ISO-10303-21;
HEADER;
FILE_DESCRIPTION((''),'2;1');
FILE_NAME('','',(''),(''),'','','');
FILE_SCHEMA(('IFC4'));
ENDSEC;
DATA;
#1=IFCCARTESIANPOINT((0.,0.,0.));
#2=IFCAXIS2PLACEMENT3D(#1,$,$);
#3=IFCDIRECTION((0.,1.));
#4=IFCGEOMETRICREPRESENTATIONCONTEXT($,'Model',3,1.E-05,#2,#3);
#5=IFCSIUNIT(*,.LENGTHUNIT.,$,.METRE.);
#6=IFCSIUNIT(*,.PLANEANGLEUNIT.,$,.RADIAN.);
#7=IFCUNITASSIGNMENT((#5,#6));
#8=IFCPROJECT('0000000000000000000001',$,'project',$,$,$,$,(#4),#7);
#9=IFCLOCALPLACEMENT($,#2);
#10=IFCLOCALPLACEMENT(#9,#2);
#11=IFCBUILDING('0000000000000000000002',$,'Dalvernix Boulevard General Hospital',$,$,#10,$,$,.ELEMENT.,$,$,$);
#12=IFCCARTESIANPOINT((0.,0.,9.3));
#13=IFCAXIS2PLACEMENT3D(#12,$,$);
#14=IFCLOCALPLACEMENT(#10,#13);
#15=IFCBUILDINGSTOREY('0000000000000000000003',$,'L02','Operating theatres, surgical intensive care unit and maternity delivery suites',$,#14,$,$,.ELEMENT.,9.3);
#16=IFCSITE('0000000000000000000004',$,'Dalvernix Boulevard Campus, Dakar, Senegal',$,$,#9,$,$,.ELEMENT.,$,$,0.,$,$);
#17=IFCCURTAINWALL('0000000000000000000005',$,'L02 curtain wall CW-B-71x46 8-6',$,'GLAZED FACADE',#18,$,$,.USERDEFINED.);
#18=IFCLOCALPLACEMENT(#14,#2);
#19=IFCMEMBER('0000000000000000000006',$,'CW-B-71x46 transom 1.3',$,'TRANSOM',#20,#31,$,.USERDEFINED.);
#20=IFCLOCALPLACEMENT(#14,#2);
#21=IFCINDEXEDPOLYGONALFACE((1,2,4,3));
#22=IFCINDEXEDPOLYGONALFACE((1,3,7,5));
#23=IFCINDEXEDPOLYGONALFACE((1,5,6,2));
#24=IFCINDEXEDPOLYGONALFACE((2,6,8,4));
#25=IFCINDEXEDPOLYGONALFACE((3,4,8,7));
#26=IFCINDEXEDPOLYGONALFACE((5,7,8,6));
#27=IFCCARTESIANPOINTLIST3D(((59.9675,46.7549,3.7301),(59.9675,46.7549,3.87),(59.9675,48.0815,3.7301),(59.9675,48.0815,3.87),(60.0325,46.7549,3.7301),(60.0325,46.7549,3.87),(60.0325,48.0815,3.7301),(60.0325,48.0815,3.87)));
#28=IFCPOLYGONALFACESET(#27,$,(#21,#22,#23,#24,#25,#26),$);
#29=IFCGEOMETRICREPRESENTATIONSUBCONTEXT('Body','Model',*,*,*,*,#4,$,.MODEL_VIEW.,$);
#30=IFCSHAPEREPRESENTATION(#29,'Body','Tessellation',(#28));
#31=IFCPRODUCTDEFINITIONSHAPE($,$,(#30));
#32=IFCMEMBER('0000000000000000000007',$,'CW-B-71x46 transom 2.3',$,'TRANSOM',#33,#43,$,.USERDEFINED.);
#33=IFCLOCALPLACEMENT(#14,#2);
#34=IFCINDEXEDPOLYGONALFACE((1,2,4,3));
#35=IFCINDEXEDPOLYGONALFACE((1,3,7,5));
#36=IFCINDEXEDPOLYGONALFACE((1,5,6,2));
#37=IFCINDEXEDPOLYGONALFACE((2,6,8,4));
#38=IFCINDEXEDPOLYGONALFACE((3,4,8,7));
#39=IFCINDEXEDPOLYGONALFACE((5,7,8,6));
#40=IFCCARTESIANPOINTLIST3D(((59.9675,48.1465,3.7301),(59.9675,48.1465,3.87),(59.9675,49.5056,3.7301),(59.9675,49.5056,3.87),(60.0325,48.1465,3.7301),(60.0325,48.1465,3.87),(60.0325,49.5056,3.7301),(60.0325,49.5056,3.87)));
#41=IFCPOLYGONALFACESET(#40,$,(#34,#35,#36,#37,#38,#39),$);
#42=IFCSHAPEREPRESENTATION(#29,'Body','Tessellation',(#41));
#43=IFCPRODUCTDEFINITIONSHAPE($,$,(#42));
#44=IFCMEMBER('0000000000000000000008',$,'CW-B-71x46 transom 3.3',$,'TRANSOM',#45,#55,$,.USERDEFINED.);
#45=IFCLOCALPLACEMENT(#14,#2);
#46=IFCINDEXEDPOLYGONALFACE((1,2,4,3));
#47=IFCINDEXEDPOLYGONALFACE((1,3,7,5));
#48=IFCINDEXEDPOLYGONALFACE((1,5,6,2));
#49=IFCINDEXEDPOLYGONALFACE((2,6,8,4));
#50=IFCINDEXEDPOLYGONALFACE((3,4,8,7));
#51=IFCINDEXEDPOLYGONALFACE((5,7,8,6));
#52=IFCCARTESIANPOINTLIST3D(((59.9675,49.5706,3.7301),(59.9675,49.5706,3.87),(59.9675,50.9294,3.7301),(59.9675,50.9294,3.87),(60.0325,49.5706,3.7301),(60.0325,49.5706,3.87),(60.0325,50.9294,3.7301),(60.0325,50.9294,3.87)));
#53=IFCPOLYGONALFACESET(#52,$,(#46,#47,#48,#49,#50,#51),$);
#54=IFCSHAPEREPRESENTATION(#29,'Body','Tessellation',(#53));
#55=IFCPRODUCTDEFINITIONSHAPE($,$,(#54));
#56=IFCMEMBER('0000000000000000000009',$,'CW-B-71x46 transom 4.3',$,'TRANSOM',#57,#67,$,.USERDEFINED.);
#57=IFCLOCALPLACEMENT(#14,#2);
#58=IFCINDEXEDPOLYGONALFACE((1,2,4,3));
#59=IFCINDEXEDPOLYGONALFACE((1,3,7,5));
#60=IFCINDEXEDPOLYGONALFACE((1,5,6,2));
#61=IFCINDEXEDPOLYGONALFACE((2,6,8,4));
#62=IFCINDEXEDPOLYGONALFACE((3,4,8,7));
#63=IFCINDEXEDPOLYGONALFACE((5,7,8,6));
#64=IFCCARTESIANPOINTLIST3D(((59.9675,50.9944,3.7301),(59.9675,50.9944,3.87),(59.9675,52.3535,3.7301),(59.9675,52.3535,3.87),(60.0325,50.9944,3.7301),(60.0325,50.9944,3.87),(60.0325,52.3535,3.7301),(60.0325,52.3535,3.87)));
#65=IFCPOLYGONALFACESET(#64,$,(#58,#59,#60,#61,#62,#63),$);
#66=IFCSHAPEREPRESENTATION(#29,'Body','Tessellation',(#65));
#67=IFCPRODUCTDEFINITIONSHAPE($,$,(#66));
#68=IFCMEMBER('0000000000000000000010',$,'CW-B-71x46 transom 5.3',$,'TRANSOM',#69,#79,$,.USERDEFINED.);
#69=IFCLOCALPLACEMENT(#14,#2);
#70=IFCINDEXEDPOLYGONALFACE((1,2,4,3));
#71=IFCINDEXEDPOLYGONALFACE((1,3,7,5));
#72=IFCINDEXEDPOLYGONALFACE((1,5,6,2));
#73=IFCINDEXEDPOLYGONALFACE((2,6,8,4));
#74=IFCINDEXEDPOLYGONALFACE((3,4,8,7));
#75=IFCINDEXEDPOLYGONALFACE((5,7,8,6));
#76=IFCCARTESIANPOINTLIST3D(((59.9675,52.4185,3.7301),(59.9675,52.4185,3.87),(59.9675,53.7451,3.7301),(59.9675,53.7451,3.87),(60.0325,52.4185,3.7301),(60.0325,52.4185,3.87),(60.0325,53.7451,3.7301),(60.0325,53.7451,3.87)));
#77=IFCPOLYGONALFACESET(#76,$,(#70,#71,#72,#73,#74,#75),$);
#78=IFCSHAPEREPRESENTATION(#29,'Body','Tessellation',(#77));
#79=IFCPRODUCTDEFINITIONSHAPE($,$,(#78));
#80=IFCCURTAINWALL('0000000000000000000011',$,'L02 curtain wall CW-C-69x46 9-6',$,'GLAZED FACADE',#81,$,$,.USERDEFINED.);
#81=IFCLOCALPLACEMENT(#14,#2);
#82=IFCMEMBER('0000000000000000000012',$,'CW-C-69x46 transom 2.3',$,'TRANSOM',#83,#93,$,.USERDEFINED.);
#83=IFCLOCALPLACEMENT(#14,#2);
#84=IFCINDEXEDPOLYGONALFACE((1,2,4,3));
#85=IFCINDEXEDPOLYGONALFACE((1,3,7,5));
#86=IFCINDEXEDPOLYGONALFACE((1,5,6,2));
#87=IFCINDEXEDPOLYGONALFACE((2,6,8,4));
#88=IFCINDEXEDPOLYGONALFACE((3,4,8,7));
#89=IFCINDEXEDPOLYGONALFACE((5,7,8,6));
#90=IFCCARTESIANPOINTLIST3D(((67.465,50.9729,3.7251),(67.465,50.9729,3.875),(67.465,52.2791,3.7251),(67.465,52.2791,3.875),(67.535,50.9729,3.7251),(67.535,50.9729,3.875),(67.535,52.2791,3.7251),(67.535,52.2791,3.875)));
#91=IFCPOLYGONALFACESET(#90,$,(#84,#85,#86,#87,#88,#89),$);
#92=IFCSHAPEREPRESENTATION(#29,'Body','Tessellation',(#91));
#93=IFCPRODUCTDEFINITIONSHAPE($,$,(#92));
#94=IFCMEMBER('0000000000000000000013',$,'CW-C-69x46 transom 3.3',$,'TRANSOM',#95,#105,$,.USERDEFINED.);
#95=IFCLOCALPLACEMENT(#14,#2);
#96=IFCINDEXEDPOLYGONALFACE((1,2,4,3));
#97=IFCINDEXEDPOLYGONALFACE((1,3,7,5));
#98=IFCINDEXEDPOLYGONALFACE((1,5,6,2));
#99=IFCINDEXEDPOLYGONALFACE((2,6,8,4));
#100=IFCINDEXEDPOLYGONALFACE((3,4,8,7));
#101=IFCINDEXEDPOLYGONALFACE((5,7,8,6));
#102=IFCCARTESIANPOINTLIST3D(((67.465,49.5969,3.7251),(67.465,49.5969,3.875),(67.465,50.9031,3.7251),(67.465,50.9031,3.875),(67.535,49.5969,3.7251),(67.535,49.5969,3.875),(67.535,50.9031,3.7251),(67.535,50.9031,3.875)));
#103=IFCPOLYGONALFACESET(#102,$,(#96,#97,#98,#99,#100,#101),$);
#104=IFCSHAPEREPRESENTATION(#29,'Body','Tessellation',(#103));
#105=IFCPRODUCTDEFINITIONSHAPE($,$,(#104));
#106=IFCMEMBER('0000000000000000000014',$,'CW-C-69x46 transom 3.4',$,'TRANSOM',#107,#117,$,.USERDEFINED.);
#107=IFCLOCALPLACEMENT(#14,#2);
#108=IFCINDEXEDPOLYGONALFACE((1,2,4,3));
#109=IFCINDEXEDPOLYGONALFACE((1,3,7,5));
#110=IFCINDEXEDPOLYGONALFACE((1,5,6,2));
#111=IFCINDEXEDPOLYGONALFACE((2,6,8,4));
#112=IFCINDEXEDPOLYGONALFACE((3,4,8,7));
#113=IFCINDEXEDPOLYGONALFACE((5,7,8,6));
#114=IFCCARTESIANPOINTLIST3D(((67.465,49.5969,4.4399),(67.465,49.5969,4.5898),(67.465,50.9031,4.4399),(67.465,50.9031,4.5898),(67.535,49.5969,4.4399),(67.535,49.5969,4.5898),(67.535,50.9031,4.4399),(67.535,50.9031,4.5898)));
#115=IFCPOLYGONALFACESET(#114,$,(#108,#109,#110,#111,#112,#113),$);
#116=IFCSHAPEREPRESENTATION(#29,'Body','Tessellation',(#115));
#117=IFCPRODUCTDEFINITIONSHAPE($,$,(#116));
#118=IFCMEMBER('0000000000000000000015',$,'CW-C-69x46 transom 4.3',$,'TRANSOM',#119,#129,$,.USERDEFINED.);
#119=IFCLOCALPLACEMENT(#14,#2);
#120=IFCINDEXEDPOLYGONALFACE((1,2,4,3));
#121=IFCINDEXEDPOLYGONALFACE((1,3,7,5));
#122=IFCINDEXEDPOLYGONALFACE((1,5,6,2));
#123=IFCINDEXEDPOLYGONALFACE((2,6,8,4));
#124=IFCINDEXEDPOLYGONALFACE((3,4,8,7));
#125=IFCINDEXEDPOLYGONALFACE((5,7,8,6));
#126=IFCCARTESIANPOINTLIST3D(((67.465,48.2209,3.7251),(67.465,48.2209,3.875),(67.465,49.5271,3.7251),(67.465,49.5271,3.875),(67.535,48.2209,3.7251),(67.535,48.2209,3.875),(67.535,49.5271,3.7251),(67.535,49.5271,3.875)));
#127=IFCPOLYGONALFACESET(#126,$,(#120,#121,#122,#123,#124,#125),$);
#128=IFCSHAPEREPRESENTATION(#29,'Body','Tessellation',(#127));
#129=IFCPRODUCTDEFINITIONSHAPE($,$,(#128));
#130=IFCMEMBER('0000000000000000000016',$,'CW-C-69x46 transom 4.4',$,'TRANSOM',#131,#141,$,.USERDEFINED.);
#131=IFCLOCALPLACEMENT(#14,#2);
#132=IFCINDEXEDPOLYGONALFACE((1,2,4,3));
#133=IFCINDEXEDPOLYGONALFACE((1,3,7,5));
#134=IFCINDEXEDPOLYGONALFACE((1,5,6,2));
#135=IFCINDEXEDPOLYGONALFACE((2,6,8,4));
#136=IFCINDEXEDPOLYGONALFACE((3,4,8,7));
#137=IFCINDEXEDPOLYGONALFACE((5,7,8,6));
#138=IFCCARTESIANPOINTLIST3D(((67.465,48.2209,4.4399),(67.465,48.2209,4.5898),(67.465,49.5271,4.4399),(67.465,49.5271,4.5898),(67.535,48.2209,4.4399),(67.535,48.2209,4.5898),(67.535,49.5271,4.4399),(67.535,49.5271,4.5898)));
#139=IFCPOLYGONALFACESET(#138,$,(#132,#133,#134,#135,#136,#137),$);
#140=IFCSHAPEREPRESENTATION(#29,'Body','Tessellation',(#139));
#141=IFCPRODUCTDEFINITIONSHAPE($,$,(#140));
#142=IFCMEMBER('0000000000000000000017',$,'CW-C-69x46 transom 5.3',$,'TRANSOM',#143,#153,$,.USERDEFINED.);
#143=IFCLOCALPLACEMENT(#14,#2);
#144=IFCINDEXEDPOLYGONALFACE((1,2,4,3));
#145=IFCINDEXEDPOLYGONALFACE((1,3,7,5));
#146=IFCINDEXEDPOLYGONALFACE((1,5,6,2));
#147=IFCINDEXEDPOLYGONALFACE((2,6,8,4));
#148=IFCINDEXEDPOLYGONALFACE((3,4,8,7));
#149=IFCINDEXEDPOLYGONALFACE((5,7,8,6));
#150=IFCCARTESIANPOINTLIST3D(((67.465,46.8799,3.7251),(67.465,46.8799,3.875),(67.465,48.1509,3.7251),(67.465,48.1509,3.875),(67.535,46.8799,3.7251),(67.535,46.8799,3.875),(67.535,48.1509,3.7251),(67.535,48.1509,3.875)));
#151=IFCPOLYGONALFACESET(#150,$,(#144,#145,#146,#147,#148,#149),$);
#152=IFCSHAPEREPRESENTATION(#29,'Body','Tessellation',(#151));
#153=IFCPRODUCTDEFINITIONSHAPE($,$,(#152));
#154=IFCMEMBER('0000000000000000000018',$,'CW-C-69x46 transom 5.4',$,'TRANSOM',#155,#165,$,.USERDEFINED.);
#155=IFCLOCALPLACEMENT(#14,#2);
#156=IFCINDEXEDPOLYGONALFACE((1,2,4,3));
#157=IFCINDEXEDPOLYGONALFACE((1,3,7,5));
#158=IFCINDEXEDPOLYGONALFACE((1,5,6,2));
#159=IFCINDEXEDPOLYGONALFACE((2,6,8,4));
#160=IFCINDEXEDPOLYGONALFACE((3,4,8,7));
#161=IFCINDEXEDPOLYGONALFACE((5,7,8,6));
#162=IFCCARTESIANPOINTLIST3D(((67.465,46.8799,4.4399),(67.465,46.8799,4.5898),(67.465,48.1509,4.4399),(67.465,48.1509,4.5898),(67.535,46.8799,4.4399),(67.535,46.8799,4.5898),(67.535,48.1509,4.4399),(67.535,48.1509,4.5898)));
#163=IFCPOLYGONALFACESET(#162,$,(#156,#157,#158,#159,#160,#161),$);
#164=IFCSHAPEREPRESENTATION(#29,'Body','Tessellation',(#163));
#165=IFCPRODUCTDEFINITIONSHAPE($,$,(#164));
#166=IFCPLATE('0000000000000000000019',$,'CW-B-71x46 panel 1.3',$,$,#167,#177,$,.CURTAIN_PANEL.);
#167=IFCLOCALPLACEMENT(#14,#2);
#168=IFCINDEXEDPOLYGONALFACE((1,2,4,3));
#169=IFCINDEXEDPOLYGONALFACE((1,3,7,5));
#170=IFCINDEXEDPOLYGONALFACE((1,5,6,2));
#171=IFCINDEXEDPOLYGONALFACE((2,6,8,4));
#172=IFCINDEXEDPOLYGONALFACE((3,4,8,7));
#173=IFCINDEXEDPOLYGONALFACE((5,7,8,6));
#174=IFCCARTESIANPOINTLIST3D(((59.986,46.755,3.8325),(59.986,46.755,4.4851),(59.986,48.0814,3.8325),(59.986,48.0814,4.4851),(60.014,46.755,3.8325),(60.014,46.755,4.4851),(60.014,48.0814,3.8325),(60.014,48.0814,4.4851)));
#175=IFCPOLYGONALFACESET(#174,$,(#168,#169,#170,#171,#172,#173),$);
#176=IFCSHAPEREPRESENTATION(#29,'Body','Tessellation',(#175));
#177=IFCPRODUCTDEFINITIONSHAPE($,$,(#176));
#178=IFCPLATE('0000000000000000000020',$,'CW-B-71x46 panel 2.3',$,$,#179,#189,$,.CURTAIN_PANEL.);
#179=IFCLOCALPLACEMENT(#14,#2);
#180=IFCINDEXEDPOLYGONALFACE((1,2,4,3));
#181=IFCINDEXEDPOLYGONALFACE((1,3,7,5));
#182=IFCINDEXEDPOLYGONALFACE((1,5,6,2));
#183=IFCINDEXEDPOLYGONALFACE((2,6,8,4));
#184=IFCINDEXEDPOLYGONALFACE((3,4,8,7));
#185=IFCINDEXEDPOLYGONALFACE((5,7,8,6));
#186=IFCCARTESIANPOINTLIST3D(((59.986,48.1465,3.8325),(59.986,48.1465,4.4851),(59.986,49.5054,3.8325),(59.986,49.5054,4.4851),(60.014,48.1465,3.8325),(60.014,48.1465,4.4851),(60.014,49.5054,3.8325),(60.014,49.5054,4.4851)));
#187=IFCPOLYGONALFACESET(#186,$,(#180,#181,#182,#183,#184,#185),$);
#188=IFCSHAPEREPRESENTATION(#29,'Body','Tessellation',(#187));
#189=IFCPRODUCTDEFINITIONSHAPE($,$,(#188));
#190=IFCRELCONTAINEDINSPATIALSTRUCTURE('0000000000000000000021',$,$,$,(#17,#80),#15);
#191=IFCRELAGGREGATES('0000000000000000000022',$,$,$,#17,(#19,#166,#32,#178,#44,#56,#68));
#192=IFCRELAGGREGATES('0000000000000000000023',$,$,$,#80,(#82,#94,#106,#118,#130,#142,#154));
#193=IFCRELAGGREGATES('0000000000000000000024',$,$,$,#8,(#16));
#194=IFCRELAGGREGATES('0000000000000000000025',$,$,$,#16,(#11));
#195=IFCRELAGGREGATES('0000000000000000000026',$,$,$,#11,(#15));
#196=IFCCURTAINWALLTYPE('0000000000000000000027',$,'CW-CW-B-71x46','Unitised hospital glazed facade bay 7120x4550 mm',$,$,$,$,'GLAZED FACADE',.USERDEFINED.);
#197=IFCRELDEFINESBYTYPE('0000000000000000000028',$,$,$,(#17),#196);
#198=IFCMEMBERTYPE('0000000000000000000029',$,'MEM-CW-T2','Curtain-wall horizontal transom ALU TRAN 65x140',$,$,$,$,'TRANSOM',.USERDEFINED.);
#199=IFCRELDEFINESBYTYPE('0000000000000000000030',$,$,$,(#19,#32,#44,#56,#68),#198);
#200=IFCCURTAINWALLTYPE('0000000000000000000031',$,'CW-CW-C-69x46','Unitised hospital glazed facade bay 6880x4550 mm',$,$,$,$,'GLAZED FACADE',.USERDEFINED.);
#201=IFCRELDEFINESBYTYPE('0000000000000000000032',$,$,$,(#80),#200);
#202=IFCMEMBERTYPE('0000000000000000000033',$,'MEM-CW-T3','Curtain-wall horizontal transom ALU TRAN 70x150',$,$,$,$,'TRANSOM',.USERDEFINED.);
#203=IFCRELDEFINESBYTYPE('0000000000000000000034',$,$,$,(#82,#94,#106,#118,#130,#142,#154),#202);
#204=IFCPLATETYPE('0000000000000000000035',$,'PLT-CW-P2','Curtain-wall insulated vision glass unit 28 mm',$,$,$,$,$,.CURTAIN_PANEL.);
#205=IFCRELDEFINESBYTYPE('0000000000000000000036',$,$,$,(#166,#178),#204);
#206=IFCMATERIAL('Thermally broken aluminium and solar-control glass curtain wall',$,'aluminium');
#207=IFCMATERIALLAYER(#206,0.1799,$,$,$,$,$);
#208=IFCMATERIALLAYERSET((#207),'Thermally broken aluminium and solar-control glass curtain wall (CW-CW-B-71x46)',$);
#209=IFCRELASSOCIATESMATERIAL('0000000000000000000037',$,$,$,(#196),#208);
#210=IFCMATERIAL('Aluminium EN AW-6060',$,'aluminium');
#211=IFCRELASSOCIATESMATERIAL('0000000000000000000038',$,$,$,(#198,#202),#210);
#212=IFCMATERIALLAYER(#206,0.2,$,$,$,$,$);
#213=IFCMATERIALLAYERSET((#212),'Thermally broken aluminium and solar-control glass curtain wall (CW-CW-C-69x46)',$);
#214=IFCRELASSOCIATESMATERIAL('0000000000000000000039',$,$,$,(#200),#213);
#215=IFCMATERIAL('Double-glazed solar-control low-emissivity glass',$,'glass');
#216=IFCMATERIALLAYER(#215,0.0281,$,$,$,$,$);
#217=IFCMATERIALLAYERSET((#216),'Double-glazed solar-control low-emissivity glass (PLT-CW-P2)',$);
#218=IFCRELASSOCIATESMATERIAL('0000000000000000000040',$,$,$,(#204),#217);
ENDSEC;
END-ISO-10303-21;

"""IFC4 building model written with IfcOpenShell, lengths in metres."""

from ifc_helpers import new_model, si_unit, direction, frame, origin, origin_2d, place, context, subcontext, project, spatial, rectangle, extrude, material, layer, layer_set, material_profile, profile_set, type_object, element, aggregate, save


model = new_model("IFC4")

# Units and contexts
model_context = context("Model", 3, precision=1e-05, world=origin(), true_north=direction((0.0, 1.0)))
body_context = subcontext(model_context, "Body", "Model", "MODEL_VIEW")
ifc_project = project(units=[si_unit("LENGTHUNIT", "METRE"), si_unit("PLANEANGLEUNIT", "RADIAN")], contexts=[model_context])

# Site, building, storey
site_placement = place(None, origin())
site = spatial("IfcSite", under=ifc_project, at=site_placement, Name="Dalvernix Boulevard Campus, Dakar, Senegal", CompositionType="ELEMENT", RefElevation=0.0)
building_placement = place(site_placement, origin())
building = spatial("IfcBuilding", under=site, at=building_placement, Name="Dalvernix Boulevard General Hospital", CompositionType="ELEMENT")
storey_placement = place(building_placement, frame((0.0, 0.0, 9.3)))
storey = spatial("IfcBuildingStorey", under=building, at=storey_placement, Name="L02", Description="Operating theatres, surgical intensive care unit and maternity delivery suites", CompositionType="ELEMENT", Elevation=9.3)

# Curtain walls, members
ifc_material_1 = material(Name="Thermally broken aluminium and solar-control glass curtain wall", Category="aluminium")
ifc_layer_1 = layer(ifc_material_1, 0.1799)
ifc_layer_set_1 = layer_set([ifc_layer_1], Name="Thermally broken aluminium and solar-control glass curtain wall (CW-CW-B-71x46)")
curtain_wall_type_1 = type_object("IfcCurtainWallType", Name="CW-CW-B-71x46", Description="Unitised hospital glazed facade bay 7120x4550 mm", ElementType="GLAZED FACADE", PredefinedType="USERDEFINED", material=ifc_layer_set_1)
curtain_wall_1_placement = place(storey_placement, origin())
curtain_wall_1 = element("IfcCurtainWall", 1, at=curtain_wall_1_placement, inside=storey, type_object=curtain_wall_type_1, Name="L02 curtain wall CW-B-71x46 8-6", ObjectType="GLAZED FACADE", PredefinedType="USERDEFINED")
ifc_material_2 = material(Name="Aluminium EN AW-6060", Category="aluminium")
ifc_material_profile_1 = material_profile(ifc_material_2, rectangle(XDim=0.0649, YDim=0.1399, at=origin_2d()), Name="ALU TRAN 65x140")
ifc_profile_set_1 = profile_set([ifc_material_profile_1], Name="Aluminium EN AW-6060")
member_type_1 = type_object("IfcMemberType", Name="MEM-CW-T2", Description="Curtain-wall horizontal transom ALU TRAN 65x140", ElementType="TRANSOM", PredefinedType="USERDEFINED", material=ifc_profile_set_1)
member_1_placement = place(storey_placement, frame((60.0, 46.7549, 3.8), z_axis=(0.0, 1.0, 0.0), x_axis=(-1.0, 0.0, 0.0)))
member_1 = element("IfcMember", 2, at=member_1_placement, type_object=member_type_1, Name="CW-B-71x46 transom 1.3", ObjectType="TRANSOM", PredefinedType="USERDEFINED", context=body_context, shape_type="SweptSolid", body=[
    extrude(rectangle(XDim=0.0649, YDim=0.1399, at=origin_2d()), origin(), (0.0, 0.0, 1.0), 1.3267),
])
member_2_placement = place(storey_placement, frame((60.0, 48.1465, 3.8), z_axis=(0.0, 1.0, 0.0), x_axis=(-1.0, 0.0, 0.0)))
member_2 = element("IfcMember", 3, at=member_2_placement, type_object=member_type_1, Name="CW-B-71x46 transom 2.3", ObjectType="TRANSOM", PredefinedType="USERDEFINED", context=body_context, shape_type="SweptSolid", body=[
    extrude(rectangle(XDim=0.0649, YDim=0.1399, at=origin_2d()), origin(), (0.0, 0.0, 1.0), 1.3591),
])
member_3_placement = place(storey_placement, frame((60.0, 49.5706, 3.8), z_axis=(0.0, 1.0, 0.0), x_axis=(-1.0, 0.0, 0.0)))
member_3 = element("IfcMember", 4, at=member_3_placement, type_object=member_type_1, Name="CW-B-71x46 transom 3.3", ObjectType="TRANSOM", PredefinedType="USERDEFINED", context=body_context, shape_type="SweptSolid", body=[
    extrude(rectangle(XDim=0.0649, YDim=0.1399, at=origin_2d()), origin(), (0.0, 0.0, 1.0), 1.3589),
])
member_4_placement = place(storey_placement, frame((60.0, 50.9944, 3.8), z_axis=(0.0, 1.0, 0.0), x_axis=(-1.0, 0.0, 0.0)))
member_4 = element("IfcMember", 5, at=member_4_placement, type_object=member_type_1, Name="CW-B-71x46 transom 4.3", ObjectType="TRANSOM", PredefinedType="USERDEFINED", context=body_context, shape_type="SweptSolid", body=[
    extrude(rectangle(XDim=0.0649, YDim=0.1399, at=origin_2d()), origin(), (0.0, 0.0, 1.0), 1.3591),
])
member_5_placement = place(storey_placement, frame((60.0, 52.4185, 3.8), z_axis=(0.0, 1.0, 0.0), x_axis=(-1.0, 0.0, 0.0)))
member_5 = element("IfcMember", 6, at=member_5_placement, type_object=member_type_1, Name="CW-B-71x46 transom 5.3", ObjectType="TRANSOM", PredefinedType="USERDEFINED", context=body_context, shape_type="SweptSolid", body=[
    extrude(rectangle(XDim=0.0649, YDim=0.1399, at=origin_2d()), origin(), (0.0, 0.0, 1.0), 1.3267),
])
ifc_layer_2 = layer(ifc_material_1, 0.2)
ifc_layer_set_2 = layer_set([ifc_layer_2], Name="Thermally broken aluminium and solar-control glass curtain wall (CW-CW-C-69x46)")
curtain_wall_type_2 = type_object("IfcCurtainWallType", Name="CW-CW-C-69x46", Description="Unitised hospital glazed facade bay 6880x4550 mm", ElementType="GLAZED FACADE", PredefinedType="USERDEFINED", material=ifc_layer_set_2)
curtain_wall_2_placement = place(storey_placement, origin())
curtain_wall_2 = element("IfcCurtainWall", 7, at=curtain_wall_2_placement, inside=storey, type_object=curtain_wall_type_2, Name="L02 curtain wall CW-C-69x46 9-6", ObjectType="GLAZED FACADE", PredefinedType="USERDEFINED")
ifc_material_profile_2 = material_profile(ifc_material_2, rectangle(XDim=0.0701, YDim=0.1499, at=origin_2d()), Name="ALU TRAN 70x150")
ifc_profile_set_2 = profile_set([ifc_material_profile_2], Name="Aluminium EN AW-6060")
member_type_2 = type_object("IfcMemberType", Name="MEM-CW-T3", Description="Curtain-wall horizontal transom ALU TRAN 70x150", ElementType="TRANSOM", PredefinedType="USERDEFINED", material=ifc_profile_set_2)
member_6_placement = place(storey_placement, frame((67.5, 52.2791, 3.8), z_axis=(0.0, -1.0, 0.0), x_axis=(1.0, 0.0, 0.0)))
member_6 = element("IfcMember", 8, at=member_6_placement, type_object=member_type_2, Name="CW-C-69x46 transom 2.3", ObjectType="TRANSOM", PredefinedType="USERDEFINED", context=body_context, shape_type="SweptSolid", body=[
    extrude(rectangle(XDim=0.0701, YDim=0.1499, at=origin_2d()), origin(), (0.0, 0.0, 1.0), 1.3062),
])
member_7_placement = place(storey_placement, frame((67.5, 50.9031, 3.8), z_axis=(0.0, -1.0, 0.0), x_axis=(1.0, 0.0, 0.0)))
member_7 = element("IfcMember", 9, at=member_7_placement, type_object=member_type_2, Name="CW-C-69x46 transom 3.3", ObjectType="TRANSOM", PredefinedType="USERDEFINED", context=body_context, shape_type="SweptSolid", body=[
    extrude(rectangle(XDim=0.0701, YDim=0.1499, at=origin_2d()), origin(), (0.0, 0.0, 1.0), 1.3062),
])
member_8_placement = place(storey_placement, frame((67.5, 50.9031, 4.5149), z_axis=(0.0, -1.0, 0.0), x_axis=(1.0, 0.0, 0.0)))
member_8 = element("IfcMember", 10, at=member_8_placement, type_object=member_type_2, Name="CW-C-69x46 transom 3.4", ObjectType="TRANSOM", PredefinedType="USERDEFINED", context=body_context, shape_type="SweptSolid", body=[
    extrude(rectangle(XDim=0.0701, YDim=0.1499, at=origin_2d()), origin(), (0.0, 0.0, 1.0), 1.3062),
])
member_9_placement = place(storey_placement, frame((67.5, 49.5271, 3.8), z_axis=(0.0, -1.0, 0.0), x_axis=(1.0, 0.0, 0.0)))
member_9 = element("IfcMember", 11, at=member_9_placement, type_object=member_type_2, Name="CW-C-69x46 transom 4.3", ObjectType="TRANSOM", PredefinedType="USERDEFINED", context=body_context, shape_type="SweptSolid", body=[
    extrude(rectangle(XDim=0.0701, YDim=0.1499, at=origin_2d()), origin(), (0.0, 0.0, 1.0), 1.3062),
])
member_10_placement = place(storey_placement, frame((67.5, 49.5271, 4.5149), z_axis=(0.0, -1.0, 0.0), x_axis=(1.0, 0.0, 0.0)))
member_10 = element("IfcMember", 12, at=member_10_placement, type_object=member_type_2, Name="CW-C-69x46 transom 4.4", ObjectType="TRANSOM", PredefinedType="USERDEFINED", context=body_context, shape_type="SweptSolid", body=[
    extrude(rectangle(XDim=0.0701, YDim=0.1499, at=origin_2d()), origin(), (0.0, 0.0, 1.0), 1.3062),
])
member_11_placement = place(storey_placement, frame((67.5, 48.1509, 3.8), z_axis=(0.0, -1.0, 0.0), x_axis=(1.0, 0.0, 0.0)))
member_11 = element("IfcMember", 13, at=member_11_placement, type_object=member_type_2, Name="CW-C-69x46 transom 5.3", ObjectType="TRANSOM", PredefinedType="USERDEFINED", context=body_context, shape_type="SweptSolid", body=[
    extrude(rectangle(XDim=0.0701, YDim=0.1499, at=origin_2d()), origin(), (0.0, 0.0, 1.0), 1.271),
])
member_12_placement = place(storey_placement, frame((67.5, 48.1509, 4.5149), z_axis=(0.0, -1.0, 0.0), x_axis=(1.0, 0.0, 0.0)))
member_12 = element("IfcMember", 14, at=member_12_placement, type_object=member_type_2, Name="CW-C-69x46 transom 5.4", ObjectType="TRANSOM", PredefinedType="USERDEFINED", context=body_context, shape_type="SweptSolid", body=[
    extrude(rectangle(XDim=0.0701, YDim=0.1499, at=origin_2d()), origin(), (0.0, 0.0, 1.0), 1.271),
])

# Plates
ifc_material_3 = material(Name="Double-glazed solar-control low-emissivity glass", Category="glass")
ifc_layer_3 = layer(ifc_material_3, 0.0281)
ifc_layer_set_3 = layer_set([ifc_layer_3], Name="Double-glazed solar-control low-emissivity glass (PLT-CW-P2)")
plate_type_1 = type_object("IfcPlateType", Name="PLT-CW-P2", Description="Curtain-wall insulated vision glass unit 28 mm", PredefinedType="CURTAIN_PANEL", material=ifc_layer_set_3)
plate_1_placement = place(storey_placement, frame((60.0, 47.4182, 3.8325), z_axis=(0.0, 0.0, 1.0), x_axis=(0.0, 1.0, 0.0)))
plate_1 = element("IfcPlate", 15, at=plate_1_placement, type_object=plate_type_1, Name="CW-B-71x46 panel 1.3", PredefinedType="CURTAIN_PANEL", context=body_context, shape_type="SweptSolid", body=[
    extrude(rectangle(XDim=1.3264, YDim=0.0281, at=origin_2d()), origin(), (0.0, 0.0, 1.0), 0.6526),
])
plate_2_placement = place(storey_placement, frame((60.0, 48.8259, 3.8325), z_axis=(0.0, 0.0, 1.0), x_axis=(0.0, 1.0, 0.0)))
plate_2 = element("IfcPlate", 16, at=plate_2_placement, type_object=plate_type_1, Name="CW-B-71x46 panel 2.3", PredefinedType="CURTAIN_PANEL", context=body_context, shape_type="SweptSolid", body=[
    extrude(rectangle(XDim=1.3589, YDim=0.0281, at=origin_2d()), origin(), (0.0, 0.0, 1.0), 0.6526),
])
aggregate(curtain_wall_1, [member_1, plate_1, member_2, plate_2, member_3, member_4, member_5])
aggregate(curtain_wall_2, [member_6, member_7, member_8, member_9, member_10, member_11, member_12])

save(model, "model.ifc")
